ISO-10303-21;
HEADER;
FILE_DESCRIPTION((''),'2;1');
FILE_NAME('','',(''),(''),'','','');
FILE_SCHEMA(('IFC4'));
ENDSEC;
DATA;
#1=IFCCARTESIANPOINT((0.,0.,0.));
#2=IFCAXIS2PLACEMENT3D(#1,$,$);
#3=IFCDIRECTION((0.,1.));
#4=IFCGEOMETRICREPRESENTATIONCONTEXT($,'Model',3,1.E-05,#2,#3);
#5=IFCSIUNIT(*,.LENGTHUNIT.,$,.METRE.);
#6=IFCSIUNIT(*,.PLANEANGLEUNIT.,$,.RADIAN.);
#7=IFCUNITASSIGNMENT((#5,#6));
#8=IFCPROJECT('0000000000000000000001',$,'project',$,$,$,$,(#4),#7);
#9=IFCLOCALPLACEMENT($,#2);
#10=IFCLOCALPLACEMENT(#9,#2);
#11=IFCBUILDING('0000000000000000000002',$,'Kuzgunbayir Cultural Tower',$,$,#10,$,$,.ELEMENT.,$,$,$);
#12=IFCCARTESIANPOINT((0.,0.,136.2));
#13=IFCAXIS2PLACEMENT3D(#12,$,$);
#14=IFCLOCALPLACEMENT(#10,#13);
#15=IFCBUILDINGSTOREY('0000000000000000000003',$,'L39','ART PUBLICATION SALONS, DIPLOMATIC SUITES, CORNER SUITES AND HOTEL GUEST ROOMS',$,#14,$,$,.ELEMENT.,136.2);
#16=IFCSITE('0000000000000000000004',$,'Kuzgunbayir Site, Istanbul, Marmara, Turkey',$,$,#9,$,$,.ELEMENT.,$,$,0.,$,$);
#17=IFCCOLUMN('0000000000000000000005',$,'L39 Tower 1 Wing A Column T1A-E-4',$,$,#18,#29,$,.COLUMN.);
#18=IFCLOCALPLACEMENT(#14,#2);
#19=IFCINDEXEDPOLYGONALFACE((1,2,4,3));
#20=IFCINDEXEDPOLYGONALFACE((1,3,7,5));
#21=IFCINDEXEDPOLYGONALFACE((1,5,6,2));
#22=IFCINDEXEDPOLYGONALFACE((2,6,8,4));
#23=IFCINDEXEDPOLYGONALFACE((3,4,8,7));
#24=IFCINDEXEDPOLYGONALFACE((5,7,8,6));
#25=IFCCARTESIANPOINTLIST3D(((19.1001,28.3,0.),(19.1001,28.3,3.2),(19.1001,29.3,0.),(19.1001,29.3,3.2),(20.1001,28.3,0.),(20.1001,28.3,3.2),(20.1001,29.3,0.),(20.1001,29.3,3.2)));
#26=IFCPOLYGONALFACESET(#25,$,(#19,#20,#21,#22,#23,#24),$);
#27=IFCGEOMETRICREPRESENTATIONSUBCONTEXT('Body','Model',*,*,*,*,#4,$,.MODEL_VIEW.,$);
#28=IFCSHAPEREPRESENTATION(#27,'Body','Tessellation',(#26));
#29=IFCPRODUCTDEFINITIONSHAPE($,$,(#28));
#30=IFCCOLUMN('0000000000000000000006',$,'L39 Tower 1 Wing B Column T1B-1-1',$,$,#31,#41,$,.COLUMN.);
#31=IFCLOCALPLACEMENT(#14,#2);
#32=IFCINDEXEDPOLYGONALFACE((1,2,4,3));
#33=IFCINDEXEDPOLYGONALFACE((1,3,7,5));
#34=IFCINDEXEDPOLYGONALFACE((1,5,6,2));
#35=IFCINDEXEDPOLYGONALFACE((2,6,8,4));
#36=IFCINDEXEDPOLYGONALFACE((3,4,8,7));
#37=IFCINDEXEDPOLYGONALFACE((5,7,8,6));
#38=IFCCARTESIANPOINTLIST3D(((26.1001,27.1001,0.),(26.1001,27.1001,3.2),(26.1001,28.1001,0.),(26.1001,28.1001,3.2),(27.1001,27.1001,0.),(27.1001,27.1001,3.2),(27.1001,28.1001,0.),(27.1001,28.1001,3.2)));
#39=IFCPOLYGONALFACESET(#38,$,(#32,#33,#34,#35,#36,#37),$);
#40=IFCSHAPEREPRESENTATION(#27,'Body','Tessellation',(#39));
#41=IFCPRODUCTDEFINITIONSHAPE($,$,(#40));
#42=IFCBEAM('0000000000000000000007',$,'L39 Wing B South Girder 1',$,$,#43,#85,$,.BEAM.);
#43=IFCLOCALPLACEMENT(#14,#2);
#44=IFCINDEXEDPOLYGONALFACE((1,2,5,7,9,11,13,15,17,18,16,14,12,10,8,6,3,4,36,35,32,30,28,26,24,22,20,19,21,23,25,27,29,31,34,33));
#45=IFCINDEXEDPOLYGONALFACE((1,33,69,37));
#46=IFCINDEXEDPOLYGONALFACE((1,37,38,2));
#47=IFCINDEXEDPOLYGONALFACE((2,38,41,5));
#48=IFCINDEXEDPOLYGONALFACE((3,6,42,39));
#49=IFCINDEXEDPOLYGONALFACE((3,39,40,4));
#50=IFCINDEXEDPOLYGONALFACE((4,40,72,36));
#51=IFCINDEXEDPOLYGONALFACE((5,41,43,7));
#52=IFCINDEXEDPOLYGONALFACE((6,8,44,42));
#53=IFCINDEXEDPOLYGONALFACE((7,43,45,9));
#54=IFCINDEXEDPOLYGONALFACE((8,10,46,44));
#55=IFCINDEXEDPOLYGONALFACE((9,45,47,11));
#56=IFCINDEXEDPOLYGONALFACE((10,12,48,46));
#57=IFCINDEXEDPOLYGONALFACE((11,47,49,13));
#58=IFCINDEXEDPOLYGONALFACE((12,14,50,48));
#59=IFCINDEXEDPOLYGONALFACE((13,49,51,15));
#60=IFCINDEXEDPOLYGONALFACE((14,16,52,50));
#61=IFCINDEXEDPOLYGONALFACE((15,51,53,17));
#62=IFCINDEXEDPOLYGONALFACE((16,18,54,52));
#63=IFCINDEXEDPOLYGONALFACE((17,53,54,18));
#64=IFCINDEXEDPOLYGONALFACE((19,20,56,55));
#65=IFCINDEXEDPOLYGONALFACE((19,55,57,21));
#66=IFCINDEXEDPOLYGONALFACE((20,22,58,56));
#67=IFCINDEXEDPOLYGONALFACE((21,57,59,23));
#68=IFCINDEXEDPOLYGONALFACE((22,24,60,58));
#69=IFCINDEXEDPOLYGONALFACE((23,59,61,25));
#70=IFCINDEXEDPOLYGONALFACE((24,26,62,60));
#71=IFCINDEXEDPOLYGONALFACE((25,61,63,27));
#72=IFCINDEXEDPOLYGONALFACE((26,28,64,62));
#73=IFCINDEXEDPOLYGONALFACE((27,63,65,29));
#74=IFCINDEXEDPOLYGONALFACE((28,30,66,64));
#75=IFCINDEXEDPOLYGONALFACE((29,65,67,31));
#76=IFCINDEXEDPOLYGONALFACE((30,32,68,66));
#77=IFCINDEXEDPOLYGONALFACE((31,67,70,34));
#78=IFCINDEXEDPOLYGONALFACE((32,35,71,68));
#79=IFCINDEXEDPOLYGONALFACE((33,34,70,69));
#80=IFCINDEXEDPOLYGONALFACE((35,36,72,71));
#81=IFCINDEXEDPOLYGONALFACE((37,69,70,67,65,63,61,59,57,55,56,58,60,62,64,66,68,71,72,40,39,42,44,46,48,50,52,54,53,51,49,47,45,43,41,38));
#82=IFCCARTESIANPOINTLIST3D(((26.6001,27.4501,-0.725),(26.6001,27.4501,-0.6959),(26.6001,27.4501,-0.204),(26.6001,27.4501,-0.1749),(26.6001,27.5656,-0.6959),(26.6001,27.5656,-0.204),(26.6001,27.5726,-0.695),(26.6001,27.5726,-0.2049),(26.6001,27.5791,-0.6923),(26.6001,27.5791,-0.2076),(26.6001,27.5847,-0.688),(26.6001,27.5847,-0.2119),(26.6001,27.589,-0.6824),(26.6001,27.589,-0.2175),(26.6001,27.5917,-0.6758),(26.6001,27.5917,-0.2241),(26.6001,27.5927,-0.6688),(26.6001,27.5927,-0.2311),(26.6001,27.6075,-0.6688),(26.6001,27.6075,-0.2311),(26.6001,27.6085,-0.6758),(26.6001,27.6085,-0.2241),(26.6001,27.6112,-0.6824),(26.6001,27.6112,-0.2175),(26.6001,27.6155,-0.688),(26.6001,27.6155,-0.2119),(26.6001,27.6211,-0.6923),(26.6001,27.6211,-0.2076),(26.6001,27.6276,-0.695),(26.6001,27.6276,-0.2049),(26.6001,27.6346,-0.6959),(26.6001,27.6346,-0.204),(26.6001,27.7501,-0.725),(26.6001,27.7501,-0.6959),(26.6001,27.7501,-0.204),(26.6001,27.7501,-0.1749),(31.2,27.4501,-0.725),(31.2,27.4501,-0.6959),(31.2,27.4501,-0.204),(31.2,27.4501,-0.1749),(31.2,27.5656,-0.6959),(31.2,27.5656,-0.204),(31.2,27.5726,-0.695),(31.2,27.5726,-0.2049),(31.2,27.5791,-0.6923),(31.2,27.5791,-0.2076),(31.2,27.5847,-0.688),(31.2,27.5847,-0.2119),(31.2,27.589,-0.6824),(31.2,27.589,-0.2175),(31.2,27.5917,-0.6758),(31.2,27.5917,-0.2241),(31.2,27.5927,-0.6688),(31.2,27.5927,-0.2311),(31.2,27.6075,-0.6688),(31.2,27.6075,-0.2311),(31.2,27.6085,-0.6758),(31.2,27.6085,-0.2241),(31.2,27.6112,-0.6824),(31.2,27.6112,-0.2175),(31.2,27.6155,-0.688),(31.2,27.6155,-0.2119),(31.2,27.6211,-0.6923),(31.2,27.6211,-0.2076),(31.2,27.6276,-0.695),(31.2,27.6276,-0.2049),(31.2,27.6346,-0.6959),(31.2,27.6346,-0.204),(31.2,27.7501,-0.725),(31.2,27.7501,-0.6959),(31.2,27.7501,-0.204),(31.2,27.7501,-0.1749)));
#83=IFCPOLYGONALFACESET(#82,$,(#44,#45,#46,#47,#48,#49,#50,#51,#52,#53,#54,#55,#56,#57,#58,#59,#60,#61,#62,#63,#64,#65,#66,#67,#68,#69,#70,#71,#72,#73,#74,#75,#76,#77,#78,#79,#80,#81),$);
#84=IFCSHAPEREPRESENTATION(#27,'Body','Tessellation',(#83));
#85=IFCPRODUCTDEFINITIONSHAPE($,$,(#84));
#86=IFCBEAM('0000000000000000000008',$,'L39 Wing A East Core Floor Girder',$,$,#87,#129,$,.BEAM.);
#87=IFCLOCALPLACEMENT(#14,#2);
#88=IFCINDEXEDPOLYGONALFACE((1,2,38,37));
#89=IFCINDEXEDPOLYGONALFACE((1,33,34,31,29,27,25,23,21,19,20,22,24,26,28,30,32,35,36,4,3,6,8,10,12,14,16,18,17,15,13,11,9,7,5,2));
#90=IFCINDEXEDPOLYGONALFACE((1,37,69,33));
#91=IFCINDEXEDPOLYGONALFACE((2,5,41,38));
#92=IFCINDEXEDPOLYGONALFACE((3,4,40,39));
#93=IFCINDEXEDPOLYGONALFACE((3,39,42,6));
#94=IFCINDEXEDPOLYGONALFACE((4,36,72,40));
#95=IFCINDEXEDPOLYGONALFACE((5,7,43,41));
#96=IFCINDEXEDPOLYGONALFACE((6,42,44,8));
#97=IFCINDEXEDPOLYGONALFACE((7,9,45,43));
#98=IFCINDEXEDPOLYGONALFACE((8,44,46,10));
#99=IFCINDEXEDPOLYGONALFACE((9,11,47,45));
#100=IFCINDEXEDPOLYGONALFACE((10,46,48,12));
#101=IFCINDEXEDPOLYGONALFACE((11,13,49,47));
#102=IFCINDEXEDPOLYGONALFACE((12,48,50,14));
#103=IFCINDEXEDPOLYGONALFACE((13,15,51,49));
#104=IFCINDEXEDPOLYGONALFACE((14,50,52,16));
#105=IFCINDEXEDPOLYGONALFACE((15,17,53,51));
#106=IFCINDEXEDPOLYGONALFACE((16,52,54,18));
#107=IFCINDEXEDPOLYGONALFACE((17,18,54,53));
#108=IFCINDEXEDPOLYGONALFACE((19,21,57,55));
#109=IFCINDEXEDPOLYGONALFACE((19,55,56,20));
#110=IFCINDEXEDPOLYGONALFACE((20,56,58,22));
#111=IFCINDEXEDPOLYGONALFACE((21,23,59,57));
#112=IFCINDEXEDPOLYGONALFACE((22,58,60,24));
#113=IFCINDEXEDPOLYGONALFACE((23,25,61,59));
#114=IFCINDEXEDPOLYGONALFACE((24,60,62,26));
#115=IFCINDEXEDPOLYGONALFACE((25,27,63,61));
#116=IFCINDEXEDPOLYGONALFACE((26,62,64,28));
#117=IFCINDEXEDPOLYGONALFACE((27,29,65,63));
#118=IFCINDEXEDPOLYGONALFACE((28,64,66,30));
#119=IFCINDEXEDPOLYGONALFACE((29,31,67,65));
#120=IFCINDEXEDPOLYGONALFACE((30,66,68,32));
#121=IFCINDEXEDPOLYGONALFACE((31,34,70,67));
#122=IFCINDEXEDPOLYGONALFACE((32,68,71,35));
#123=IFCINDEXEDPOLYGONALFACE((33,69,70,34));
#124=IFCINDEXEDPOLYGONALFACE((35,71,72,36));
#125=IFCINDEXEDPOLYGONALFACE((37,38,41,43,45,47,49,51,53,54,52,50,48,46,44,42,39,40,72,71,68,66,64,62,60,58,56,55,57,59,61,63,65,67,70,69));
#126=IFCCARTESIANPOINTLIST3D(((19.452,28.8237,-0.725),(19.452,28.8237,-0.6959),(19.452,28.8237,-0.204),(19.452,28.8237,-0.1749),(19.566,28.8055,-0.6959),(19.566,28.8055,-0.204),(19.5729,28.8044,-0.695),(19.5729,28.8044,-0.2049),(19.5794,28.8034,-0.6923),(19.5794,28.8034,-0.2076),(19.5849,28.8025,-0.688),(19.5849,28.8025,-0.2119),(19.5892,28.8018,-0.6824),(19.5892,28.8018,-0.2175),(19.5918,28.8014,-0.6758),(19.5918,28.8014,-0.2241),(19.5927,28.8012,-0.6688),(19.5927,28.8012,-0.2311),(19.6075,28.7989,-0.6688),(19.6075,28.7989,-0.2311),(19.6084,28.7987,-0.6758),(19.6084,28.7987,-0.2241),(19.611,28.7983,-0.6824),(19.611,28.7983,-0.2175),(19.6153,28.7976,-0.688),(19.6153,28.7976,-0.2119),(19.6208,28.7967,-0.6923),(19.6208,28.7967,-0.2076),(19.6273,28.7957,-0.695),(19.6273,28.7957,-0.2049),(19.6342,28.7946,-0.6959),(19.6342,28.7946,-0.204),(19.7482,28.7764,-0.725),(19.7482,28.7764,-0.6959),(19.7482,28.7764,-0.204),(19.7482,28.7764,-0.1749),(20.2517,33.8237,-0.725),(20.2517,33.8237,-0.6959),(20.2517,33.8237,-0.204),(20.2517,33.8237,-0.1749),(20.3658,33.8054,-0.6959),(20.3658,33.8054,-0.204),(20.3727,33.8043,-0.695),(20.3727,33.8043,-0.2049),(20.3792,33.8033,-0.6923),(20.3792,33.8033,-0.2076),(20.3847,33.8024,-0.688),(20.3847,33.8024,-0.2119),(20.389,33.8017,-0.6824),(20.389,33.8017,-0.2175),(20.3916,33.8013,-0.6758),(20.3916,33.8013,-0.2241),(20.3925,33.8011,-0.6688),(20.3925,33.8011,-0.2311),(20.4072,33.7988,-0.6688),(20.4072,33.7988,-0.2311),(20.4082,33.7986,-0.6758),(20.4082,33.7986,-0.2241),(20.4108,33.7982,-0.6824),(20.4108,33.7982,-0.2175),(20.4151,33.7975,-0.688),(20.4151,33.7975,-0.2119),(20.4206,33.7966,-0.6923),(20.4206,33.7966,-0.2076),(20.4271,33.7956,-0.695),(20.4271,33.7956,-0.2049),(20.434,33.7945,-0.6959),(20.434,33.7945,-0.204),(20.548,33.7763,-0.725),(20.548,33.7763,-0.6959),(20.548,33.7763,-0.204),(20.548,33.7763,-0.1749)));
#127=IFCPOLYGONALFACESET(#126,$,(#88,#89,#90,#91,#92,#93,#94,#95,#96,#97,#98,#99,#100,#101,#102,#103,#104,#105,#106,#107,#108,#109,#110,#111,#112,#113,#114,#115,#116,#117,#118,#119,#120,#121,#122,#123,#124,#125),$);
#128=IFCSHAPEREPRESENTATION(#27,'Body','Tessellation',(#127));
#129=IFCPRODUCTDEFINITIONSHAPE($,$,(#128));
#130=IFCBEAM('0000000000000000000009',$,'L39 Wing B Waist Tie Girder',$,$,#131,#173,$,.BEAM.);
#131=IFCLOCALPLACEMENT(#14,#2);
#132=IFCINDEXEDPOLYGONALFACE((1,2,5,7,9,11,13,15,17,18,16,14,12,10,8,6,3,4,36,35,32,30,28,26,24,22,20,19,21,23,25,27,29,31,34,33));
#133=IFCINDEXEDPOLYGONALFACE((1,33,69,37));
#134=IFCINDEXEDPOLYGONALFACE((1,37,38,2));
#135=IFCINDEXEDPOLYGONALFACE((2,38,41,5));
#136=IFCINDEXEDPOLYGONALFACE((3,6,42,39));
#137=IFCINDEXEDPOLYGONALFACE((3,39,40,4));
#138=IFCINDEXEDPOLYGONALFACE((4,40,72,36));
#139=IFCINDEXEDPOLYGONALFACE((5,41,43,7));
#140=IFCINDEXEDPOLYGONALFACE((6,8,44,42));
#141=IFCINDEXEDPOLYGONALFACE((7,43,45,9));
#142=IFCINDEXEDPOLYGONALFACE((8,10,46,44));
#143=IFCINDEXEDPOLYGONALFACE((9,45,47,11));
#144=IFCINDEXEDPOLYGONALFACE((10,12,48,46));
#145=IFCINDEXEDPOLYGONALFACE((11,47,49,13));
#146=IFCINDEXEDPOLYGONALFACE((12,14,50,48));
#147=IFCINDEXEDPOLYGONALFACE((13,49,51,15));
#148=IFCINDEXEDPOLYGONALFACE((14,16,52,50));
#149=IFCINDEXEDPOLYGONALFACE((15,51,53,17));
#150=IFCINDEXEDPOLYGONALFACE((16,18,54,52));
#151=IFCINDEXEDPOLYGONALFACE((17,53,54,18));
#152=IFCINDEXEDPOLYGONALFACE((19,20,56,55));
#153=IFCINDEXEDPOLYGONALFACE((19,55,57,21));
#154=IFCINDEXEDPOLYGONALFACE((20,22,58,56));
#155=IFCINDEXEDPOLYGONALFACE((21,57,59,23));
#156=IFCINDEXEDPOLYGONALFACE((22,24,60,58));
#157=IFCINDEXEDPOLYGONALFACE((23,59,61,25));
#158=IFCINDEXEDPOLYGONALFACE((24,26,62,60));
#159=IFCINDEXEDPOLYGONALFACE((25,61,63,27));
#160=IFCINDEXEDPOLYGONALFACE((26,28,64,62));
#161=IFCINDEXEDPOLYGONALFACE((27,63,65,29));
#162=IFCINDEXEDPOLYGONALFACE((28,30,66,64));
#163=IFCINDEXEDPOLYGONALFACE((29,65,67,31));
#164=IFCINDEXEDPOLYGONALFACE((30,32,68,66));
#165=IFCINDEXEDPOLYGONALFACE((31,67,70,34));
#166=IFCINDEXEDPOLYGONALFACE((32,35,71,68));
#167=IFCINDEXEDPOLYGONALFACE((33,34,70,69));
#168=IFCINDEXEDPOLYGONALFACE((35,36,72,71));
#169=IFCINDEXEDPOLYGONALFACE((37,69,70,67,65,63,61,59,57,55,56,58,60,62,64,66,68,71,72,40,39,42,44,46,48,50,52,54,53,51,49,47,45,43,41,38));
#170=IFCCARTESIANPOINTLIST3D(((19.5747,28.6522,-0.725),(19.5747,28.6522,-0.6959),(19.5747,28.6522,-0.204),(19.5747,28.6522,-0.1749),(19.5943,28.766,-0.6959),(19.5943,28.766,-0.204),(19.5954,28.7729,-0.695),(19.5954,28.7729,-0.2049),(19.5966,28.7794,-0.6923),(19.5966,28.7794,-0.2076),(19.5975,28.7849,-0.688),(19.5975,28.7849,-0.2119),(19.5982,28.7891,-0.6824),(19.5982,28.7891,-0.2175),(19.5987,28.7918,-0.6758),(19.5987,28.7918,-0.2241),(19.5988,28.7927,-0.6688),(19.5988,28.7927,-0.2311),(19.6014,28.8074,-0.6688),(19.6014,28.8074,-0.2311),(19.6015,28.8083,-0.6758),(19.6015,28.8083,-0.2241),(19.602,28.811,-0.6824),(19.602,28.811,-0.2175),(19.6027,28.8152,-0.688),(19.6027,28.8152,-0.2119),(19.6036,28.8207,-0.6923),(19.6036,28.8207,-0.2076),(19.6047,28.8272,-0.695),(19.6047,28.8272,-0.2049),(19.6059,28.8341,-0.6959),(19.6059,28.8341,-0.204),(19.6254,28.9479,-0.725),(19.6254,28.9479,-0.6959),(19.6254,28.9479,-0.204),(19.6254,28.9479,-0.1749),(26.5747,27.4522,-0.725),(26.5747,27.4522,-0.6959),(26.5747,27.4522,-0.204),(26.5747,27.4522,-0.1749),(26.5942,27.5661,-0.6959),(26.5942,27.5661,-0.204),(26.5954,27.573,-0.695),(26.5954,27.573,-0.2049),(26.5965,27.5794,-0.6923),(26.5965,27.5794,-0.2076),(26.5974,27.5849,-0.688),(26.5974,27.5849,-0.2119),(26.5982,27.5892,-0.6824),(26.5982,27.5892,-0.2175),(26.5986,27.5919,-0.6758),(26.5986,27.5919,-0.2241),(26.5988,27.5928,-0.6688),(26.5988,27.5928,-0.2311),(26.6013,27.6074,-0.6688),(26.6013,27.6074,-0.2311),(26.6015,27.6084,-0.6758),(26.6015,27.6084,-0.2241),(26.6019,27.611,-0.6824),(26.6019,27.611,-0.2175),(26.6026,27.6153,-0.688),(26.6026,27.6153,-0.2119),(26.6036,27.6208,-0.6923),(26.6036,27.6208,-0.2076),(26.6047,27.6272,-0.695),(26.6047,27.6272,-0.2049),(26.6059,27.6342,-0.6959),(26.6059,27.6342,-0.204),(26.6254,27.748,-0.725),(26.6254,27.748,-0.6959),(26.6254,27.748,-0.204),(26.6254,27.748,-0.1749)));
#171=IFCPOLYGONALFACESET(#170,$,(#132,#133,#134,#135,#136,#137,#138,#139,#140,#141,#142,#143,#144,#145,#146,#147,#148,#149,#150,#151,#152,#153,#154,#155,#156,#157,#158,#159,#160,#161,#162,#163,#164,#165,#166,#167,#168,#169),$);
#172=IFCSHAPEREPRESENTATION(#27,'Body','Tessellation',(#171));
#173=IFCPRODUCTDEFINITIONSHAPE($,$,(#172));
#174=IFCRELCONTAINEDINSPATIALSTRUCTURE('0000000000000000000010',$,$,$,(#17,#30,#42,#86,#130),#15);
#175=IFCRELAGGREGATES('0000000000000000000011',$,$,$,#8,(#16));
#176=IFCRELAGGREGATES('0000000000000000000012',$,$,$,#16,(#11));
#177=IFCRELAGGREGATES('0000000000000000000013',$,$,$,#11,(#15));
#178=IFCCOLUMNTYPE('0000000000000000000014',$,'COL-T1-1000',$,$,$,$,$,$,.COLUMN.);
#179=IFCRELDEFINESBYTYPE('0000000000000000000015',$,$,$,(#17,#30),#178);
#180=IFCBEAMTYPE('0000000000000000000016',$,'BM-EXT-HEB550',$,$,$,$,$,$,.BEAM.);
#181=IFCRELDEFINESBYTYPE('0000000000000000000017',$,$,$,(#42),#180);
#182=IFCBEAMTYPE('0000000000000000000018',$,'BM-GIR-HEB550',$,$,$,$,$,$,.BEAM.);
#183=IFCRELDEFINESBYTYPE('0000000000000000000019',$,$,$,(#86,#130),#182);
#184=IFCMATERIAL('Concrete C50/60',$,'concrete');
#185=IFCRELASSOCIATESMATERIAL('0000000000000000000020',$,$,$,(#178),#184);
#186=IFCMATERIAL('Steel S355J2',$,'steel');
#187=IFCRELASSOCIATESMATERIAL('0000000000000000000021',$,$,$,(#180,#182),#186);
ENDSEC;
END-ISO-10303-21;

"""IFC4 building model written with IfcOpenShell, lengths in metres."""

from ifc_helpers import new_model, si_unit, direction, frame, origin, origin_2d, place, context, subcontext, project, spatial, rectangle, i_section, extrude, material, material_profile, profile_set, type_object, element, save


model = new_model("IFC4")

# Units and contexts
model_context = context("Model", 3, precision=1e-05, world=origin(), true_north=direction((0.0, 1.0)))
body_context = subcontext(model_context, "Body", "Model", "MODEL_VIEW")
ifc_project = project(units=[si_unit("LENGTHUNIT", "METRE"), si_unit("PLANEANGLEUNIT", "RADIAN")], contexts=[model_context])

# Site, building, storey
site_placement = place(None, origin())
site = spatial("IfcSite", under=ifc_project, at=site_placement, Name="Kuzgunbayir Site, Istanbul, Marmara, Turkey", CompositionType="ELEMENT", RefElevation=0.0)
building_placement = place(site_placement, origin())
building = spatial("IfcBuilding", under=site, at=building_placement, Name="Kuzgunbayir Cultural Tower", CompositionType="ELEMENT")
storey_placement = place(building_placement, frame((0.0, 0.0, 136.2)))
storey = spatial("IfcBuildingStorey", under=building, at=storey_placement, Name="L39", Description="ART PUBLICATION SALONS, DIPLOMATIC SUITES, CORNER SUITES AND HOTEL GUEST ROOMS", CompositionType="ELEMENT", Elevation=136.2)

# Columns
ifc_material_1 = material(Name="Concrete C50/60", Category="concrete")
ifc_material_profile_1 = material_profile(ifc_material_1, rectangle(XDim=1.0, YDim=1.0, at=origin_2d()), Name="RC 1000x1000")
ifc_profile_set_1 = profile_set([ifc_material_profile_1], Name="Concrete C50/60")
column_type = type_object("IfcColumnType", Name="COL-T1-1000", PredefinedType="COLUMN", material=ifc_profile_set_1)
for number, where, z_axis, x_axis, name in (
    (1, (19.6001, 28.8, 0.0), (0.0, 0.0, 1.0), (1.0, 0.0, 0.0), "L39 Tower 1 Wing A Column T1A-E-4"),
    (2, (26.6001, 27.6001, 0.0), (0.0, 0.0, 1.0), (1.0, 0.0, 0.0), "L39 Tower 1 Wing B Column T1B-1-1"),
):
    element("IfcColumn", number, at=place(storey_placement, frame(where, z_axis=z_axis, x_axis=x_axis)), inside=storey, type_object=column_type, Name=name, PredefinedType="COLUMN", context=body_context, shape_type="SweptSolid", body=[
        extrude(rectangle(XDim=1.0, YDim=1.0, at=origin_2d()), origin(), (0.0, 0.0, 1.0), 3.2),
    ])

# Beams
ifc_material_2 = material(Name="Steel S355J2", Category="steel")
ifc_material_profile_2 = material_profile(ifc_material_2, i_section(OverallWidth=0.3, OverallDepth=0.55, WebThickness=0.0149, FlangeThickness=0.0291, FilletRadius=0.0271, at=origin_2d()), Name="HEB 550")
ifc_profile_set_2 = profile_set([ifc_material_profile_2], Name="Steel S355J2")
beam_type_1 = type_object("IfcBeamType", Name="BM-EXT-HEB550", PredefinedType="BEAM", material=ifc_profile_set_2)
beam_1_placement = place(storey_placement, frame((26.6001, 27.6001, -0.45), z_axis=(1.0, 0.0, 0.0), x_axis=(0.0, 1.0, 0.0)))
element("IfcBeam", 3, at=beam_1_placement, inside=storey, type_object=beam_type_1, Name="L39 Wing B South Girder 1", PredefinedType="BEAM", context=body_context, shape_type="SweptSolid", body=[
    extrude(i_section(OverallWidth=0.3, OverallDepth=0.55, WebThickness=0.0149, FlangeThickness=0.0291, FilletRadius=0.0271, at=origin_2d()), origin(), (0.0, 0.0, 1.0), 4.5999),
])
ifc_material_profile_3 = material_profile(ifc_material_2, i_section(OverallWidth=0.3, OverallDepth=0.55, WebThickness=0.0149, FlangeThickness=0.0291, FilletRadius=0.0271, at=origin_2d()), Name="HEB 550")
ifc_profile_set_3 = profile_set([ifc_material_profile_3], Name="Steel S355J2")
beam_type_2 = type_object("IfcBeamType", Name="BM-GIR-HEB550", PredefinedType="BEAM", material=ifc_profile_set_3)
beam_2_placement = place(storey_placement, frame((19.6001, 28.8, -0.45), z_axis=(0.157953, 0.987447, 0.0), x_axis=(-0.987447, 0.157953, 0.0)))
element("IfcBeam", 4, at=beam_2_placement, inside=storey, type_object=beam_type_2, Name="L39 Wing A East Core Floor Girder", PredefinedType="BEAM", context=body_context, shape_type="SweptSolid", body=[
    extrude(i_section(OverallWidth=0.3, OverallDepth=0.55, WebThickness=0.0149, FlangeThickness=0.0291, FilletRadius=0.0271, at=origin_2d()), origin(), (0.0, 0.0, 1.0), 5.0635),
])
beam_3_placement = place(storey_placement, frame((19.6001, 28.8, -0.45), z_axis=(0.985623, -0.168957, 0.0), x_axis=(0.168957, 0.985623, 0.0)))
element("IfcBeam", 5, at=beam_3_placement, inside=storey, type_object=beam_type_2, Name="L39 Wing B Waist Tie Girder", PredefinedType="BEAM", context=body_context, shape_type="SweptSolid", body=[
    extrude(i_section(OverallWidth=0.3, OverallDepth=0.55, WebThickness=0.0149, FlangeThickness=0.0291, FilletRadius=0.0271, at=origin_2d()), origin(), (0.0, 0.0, 1.0), 7.1021),
])

save(model, "model.ifc")
